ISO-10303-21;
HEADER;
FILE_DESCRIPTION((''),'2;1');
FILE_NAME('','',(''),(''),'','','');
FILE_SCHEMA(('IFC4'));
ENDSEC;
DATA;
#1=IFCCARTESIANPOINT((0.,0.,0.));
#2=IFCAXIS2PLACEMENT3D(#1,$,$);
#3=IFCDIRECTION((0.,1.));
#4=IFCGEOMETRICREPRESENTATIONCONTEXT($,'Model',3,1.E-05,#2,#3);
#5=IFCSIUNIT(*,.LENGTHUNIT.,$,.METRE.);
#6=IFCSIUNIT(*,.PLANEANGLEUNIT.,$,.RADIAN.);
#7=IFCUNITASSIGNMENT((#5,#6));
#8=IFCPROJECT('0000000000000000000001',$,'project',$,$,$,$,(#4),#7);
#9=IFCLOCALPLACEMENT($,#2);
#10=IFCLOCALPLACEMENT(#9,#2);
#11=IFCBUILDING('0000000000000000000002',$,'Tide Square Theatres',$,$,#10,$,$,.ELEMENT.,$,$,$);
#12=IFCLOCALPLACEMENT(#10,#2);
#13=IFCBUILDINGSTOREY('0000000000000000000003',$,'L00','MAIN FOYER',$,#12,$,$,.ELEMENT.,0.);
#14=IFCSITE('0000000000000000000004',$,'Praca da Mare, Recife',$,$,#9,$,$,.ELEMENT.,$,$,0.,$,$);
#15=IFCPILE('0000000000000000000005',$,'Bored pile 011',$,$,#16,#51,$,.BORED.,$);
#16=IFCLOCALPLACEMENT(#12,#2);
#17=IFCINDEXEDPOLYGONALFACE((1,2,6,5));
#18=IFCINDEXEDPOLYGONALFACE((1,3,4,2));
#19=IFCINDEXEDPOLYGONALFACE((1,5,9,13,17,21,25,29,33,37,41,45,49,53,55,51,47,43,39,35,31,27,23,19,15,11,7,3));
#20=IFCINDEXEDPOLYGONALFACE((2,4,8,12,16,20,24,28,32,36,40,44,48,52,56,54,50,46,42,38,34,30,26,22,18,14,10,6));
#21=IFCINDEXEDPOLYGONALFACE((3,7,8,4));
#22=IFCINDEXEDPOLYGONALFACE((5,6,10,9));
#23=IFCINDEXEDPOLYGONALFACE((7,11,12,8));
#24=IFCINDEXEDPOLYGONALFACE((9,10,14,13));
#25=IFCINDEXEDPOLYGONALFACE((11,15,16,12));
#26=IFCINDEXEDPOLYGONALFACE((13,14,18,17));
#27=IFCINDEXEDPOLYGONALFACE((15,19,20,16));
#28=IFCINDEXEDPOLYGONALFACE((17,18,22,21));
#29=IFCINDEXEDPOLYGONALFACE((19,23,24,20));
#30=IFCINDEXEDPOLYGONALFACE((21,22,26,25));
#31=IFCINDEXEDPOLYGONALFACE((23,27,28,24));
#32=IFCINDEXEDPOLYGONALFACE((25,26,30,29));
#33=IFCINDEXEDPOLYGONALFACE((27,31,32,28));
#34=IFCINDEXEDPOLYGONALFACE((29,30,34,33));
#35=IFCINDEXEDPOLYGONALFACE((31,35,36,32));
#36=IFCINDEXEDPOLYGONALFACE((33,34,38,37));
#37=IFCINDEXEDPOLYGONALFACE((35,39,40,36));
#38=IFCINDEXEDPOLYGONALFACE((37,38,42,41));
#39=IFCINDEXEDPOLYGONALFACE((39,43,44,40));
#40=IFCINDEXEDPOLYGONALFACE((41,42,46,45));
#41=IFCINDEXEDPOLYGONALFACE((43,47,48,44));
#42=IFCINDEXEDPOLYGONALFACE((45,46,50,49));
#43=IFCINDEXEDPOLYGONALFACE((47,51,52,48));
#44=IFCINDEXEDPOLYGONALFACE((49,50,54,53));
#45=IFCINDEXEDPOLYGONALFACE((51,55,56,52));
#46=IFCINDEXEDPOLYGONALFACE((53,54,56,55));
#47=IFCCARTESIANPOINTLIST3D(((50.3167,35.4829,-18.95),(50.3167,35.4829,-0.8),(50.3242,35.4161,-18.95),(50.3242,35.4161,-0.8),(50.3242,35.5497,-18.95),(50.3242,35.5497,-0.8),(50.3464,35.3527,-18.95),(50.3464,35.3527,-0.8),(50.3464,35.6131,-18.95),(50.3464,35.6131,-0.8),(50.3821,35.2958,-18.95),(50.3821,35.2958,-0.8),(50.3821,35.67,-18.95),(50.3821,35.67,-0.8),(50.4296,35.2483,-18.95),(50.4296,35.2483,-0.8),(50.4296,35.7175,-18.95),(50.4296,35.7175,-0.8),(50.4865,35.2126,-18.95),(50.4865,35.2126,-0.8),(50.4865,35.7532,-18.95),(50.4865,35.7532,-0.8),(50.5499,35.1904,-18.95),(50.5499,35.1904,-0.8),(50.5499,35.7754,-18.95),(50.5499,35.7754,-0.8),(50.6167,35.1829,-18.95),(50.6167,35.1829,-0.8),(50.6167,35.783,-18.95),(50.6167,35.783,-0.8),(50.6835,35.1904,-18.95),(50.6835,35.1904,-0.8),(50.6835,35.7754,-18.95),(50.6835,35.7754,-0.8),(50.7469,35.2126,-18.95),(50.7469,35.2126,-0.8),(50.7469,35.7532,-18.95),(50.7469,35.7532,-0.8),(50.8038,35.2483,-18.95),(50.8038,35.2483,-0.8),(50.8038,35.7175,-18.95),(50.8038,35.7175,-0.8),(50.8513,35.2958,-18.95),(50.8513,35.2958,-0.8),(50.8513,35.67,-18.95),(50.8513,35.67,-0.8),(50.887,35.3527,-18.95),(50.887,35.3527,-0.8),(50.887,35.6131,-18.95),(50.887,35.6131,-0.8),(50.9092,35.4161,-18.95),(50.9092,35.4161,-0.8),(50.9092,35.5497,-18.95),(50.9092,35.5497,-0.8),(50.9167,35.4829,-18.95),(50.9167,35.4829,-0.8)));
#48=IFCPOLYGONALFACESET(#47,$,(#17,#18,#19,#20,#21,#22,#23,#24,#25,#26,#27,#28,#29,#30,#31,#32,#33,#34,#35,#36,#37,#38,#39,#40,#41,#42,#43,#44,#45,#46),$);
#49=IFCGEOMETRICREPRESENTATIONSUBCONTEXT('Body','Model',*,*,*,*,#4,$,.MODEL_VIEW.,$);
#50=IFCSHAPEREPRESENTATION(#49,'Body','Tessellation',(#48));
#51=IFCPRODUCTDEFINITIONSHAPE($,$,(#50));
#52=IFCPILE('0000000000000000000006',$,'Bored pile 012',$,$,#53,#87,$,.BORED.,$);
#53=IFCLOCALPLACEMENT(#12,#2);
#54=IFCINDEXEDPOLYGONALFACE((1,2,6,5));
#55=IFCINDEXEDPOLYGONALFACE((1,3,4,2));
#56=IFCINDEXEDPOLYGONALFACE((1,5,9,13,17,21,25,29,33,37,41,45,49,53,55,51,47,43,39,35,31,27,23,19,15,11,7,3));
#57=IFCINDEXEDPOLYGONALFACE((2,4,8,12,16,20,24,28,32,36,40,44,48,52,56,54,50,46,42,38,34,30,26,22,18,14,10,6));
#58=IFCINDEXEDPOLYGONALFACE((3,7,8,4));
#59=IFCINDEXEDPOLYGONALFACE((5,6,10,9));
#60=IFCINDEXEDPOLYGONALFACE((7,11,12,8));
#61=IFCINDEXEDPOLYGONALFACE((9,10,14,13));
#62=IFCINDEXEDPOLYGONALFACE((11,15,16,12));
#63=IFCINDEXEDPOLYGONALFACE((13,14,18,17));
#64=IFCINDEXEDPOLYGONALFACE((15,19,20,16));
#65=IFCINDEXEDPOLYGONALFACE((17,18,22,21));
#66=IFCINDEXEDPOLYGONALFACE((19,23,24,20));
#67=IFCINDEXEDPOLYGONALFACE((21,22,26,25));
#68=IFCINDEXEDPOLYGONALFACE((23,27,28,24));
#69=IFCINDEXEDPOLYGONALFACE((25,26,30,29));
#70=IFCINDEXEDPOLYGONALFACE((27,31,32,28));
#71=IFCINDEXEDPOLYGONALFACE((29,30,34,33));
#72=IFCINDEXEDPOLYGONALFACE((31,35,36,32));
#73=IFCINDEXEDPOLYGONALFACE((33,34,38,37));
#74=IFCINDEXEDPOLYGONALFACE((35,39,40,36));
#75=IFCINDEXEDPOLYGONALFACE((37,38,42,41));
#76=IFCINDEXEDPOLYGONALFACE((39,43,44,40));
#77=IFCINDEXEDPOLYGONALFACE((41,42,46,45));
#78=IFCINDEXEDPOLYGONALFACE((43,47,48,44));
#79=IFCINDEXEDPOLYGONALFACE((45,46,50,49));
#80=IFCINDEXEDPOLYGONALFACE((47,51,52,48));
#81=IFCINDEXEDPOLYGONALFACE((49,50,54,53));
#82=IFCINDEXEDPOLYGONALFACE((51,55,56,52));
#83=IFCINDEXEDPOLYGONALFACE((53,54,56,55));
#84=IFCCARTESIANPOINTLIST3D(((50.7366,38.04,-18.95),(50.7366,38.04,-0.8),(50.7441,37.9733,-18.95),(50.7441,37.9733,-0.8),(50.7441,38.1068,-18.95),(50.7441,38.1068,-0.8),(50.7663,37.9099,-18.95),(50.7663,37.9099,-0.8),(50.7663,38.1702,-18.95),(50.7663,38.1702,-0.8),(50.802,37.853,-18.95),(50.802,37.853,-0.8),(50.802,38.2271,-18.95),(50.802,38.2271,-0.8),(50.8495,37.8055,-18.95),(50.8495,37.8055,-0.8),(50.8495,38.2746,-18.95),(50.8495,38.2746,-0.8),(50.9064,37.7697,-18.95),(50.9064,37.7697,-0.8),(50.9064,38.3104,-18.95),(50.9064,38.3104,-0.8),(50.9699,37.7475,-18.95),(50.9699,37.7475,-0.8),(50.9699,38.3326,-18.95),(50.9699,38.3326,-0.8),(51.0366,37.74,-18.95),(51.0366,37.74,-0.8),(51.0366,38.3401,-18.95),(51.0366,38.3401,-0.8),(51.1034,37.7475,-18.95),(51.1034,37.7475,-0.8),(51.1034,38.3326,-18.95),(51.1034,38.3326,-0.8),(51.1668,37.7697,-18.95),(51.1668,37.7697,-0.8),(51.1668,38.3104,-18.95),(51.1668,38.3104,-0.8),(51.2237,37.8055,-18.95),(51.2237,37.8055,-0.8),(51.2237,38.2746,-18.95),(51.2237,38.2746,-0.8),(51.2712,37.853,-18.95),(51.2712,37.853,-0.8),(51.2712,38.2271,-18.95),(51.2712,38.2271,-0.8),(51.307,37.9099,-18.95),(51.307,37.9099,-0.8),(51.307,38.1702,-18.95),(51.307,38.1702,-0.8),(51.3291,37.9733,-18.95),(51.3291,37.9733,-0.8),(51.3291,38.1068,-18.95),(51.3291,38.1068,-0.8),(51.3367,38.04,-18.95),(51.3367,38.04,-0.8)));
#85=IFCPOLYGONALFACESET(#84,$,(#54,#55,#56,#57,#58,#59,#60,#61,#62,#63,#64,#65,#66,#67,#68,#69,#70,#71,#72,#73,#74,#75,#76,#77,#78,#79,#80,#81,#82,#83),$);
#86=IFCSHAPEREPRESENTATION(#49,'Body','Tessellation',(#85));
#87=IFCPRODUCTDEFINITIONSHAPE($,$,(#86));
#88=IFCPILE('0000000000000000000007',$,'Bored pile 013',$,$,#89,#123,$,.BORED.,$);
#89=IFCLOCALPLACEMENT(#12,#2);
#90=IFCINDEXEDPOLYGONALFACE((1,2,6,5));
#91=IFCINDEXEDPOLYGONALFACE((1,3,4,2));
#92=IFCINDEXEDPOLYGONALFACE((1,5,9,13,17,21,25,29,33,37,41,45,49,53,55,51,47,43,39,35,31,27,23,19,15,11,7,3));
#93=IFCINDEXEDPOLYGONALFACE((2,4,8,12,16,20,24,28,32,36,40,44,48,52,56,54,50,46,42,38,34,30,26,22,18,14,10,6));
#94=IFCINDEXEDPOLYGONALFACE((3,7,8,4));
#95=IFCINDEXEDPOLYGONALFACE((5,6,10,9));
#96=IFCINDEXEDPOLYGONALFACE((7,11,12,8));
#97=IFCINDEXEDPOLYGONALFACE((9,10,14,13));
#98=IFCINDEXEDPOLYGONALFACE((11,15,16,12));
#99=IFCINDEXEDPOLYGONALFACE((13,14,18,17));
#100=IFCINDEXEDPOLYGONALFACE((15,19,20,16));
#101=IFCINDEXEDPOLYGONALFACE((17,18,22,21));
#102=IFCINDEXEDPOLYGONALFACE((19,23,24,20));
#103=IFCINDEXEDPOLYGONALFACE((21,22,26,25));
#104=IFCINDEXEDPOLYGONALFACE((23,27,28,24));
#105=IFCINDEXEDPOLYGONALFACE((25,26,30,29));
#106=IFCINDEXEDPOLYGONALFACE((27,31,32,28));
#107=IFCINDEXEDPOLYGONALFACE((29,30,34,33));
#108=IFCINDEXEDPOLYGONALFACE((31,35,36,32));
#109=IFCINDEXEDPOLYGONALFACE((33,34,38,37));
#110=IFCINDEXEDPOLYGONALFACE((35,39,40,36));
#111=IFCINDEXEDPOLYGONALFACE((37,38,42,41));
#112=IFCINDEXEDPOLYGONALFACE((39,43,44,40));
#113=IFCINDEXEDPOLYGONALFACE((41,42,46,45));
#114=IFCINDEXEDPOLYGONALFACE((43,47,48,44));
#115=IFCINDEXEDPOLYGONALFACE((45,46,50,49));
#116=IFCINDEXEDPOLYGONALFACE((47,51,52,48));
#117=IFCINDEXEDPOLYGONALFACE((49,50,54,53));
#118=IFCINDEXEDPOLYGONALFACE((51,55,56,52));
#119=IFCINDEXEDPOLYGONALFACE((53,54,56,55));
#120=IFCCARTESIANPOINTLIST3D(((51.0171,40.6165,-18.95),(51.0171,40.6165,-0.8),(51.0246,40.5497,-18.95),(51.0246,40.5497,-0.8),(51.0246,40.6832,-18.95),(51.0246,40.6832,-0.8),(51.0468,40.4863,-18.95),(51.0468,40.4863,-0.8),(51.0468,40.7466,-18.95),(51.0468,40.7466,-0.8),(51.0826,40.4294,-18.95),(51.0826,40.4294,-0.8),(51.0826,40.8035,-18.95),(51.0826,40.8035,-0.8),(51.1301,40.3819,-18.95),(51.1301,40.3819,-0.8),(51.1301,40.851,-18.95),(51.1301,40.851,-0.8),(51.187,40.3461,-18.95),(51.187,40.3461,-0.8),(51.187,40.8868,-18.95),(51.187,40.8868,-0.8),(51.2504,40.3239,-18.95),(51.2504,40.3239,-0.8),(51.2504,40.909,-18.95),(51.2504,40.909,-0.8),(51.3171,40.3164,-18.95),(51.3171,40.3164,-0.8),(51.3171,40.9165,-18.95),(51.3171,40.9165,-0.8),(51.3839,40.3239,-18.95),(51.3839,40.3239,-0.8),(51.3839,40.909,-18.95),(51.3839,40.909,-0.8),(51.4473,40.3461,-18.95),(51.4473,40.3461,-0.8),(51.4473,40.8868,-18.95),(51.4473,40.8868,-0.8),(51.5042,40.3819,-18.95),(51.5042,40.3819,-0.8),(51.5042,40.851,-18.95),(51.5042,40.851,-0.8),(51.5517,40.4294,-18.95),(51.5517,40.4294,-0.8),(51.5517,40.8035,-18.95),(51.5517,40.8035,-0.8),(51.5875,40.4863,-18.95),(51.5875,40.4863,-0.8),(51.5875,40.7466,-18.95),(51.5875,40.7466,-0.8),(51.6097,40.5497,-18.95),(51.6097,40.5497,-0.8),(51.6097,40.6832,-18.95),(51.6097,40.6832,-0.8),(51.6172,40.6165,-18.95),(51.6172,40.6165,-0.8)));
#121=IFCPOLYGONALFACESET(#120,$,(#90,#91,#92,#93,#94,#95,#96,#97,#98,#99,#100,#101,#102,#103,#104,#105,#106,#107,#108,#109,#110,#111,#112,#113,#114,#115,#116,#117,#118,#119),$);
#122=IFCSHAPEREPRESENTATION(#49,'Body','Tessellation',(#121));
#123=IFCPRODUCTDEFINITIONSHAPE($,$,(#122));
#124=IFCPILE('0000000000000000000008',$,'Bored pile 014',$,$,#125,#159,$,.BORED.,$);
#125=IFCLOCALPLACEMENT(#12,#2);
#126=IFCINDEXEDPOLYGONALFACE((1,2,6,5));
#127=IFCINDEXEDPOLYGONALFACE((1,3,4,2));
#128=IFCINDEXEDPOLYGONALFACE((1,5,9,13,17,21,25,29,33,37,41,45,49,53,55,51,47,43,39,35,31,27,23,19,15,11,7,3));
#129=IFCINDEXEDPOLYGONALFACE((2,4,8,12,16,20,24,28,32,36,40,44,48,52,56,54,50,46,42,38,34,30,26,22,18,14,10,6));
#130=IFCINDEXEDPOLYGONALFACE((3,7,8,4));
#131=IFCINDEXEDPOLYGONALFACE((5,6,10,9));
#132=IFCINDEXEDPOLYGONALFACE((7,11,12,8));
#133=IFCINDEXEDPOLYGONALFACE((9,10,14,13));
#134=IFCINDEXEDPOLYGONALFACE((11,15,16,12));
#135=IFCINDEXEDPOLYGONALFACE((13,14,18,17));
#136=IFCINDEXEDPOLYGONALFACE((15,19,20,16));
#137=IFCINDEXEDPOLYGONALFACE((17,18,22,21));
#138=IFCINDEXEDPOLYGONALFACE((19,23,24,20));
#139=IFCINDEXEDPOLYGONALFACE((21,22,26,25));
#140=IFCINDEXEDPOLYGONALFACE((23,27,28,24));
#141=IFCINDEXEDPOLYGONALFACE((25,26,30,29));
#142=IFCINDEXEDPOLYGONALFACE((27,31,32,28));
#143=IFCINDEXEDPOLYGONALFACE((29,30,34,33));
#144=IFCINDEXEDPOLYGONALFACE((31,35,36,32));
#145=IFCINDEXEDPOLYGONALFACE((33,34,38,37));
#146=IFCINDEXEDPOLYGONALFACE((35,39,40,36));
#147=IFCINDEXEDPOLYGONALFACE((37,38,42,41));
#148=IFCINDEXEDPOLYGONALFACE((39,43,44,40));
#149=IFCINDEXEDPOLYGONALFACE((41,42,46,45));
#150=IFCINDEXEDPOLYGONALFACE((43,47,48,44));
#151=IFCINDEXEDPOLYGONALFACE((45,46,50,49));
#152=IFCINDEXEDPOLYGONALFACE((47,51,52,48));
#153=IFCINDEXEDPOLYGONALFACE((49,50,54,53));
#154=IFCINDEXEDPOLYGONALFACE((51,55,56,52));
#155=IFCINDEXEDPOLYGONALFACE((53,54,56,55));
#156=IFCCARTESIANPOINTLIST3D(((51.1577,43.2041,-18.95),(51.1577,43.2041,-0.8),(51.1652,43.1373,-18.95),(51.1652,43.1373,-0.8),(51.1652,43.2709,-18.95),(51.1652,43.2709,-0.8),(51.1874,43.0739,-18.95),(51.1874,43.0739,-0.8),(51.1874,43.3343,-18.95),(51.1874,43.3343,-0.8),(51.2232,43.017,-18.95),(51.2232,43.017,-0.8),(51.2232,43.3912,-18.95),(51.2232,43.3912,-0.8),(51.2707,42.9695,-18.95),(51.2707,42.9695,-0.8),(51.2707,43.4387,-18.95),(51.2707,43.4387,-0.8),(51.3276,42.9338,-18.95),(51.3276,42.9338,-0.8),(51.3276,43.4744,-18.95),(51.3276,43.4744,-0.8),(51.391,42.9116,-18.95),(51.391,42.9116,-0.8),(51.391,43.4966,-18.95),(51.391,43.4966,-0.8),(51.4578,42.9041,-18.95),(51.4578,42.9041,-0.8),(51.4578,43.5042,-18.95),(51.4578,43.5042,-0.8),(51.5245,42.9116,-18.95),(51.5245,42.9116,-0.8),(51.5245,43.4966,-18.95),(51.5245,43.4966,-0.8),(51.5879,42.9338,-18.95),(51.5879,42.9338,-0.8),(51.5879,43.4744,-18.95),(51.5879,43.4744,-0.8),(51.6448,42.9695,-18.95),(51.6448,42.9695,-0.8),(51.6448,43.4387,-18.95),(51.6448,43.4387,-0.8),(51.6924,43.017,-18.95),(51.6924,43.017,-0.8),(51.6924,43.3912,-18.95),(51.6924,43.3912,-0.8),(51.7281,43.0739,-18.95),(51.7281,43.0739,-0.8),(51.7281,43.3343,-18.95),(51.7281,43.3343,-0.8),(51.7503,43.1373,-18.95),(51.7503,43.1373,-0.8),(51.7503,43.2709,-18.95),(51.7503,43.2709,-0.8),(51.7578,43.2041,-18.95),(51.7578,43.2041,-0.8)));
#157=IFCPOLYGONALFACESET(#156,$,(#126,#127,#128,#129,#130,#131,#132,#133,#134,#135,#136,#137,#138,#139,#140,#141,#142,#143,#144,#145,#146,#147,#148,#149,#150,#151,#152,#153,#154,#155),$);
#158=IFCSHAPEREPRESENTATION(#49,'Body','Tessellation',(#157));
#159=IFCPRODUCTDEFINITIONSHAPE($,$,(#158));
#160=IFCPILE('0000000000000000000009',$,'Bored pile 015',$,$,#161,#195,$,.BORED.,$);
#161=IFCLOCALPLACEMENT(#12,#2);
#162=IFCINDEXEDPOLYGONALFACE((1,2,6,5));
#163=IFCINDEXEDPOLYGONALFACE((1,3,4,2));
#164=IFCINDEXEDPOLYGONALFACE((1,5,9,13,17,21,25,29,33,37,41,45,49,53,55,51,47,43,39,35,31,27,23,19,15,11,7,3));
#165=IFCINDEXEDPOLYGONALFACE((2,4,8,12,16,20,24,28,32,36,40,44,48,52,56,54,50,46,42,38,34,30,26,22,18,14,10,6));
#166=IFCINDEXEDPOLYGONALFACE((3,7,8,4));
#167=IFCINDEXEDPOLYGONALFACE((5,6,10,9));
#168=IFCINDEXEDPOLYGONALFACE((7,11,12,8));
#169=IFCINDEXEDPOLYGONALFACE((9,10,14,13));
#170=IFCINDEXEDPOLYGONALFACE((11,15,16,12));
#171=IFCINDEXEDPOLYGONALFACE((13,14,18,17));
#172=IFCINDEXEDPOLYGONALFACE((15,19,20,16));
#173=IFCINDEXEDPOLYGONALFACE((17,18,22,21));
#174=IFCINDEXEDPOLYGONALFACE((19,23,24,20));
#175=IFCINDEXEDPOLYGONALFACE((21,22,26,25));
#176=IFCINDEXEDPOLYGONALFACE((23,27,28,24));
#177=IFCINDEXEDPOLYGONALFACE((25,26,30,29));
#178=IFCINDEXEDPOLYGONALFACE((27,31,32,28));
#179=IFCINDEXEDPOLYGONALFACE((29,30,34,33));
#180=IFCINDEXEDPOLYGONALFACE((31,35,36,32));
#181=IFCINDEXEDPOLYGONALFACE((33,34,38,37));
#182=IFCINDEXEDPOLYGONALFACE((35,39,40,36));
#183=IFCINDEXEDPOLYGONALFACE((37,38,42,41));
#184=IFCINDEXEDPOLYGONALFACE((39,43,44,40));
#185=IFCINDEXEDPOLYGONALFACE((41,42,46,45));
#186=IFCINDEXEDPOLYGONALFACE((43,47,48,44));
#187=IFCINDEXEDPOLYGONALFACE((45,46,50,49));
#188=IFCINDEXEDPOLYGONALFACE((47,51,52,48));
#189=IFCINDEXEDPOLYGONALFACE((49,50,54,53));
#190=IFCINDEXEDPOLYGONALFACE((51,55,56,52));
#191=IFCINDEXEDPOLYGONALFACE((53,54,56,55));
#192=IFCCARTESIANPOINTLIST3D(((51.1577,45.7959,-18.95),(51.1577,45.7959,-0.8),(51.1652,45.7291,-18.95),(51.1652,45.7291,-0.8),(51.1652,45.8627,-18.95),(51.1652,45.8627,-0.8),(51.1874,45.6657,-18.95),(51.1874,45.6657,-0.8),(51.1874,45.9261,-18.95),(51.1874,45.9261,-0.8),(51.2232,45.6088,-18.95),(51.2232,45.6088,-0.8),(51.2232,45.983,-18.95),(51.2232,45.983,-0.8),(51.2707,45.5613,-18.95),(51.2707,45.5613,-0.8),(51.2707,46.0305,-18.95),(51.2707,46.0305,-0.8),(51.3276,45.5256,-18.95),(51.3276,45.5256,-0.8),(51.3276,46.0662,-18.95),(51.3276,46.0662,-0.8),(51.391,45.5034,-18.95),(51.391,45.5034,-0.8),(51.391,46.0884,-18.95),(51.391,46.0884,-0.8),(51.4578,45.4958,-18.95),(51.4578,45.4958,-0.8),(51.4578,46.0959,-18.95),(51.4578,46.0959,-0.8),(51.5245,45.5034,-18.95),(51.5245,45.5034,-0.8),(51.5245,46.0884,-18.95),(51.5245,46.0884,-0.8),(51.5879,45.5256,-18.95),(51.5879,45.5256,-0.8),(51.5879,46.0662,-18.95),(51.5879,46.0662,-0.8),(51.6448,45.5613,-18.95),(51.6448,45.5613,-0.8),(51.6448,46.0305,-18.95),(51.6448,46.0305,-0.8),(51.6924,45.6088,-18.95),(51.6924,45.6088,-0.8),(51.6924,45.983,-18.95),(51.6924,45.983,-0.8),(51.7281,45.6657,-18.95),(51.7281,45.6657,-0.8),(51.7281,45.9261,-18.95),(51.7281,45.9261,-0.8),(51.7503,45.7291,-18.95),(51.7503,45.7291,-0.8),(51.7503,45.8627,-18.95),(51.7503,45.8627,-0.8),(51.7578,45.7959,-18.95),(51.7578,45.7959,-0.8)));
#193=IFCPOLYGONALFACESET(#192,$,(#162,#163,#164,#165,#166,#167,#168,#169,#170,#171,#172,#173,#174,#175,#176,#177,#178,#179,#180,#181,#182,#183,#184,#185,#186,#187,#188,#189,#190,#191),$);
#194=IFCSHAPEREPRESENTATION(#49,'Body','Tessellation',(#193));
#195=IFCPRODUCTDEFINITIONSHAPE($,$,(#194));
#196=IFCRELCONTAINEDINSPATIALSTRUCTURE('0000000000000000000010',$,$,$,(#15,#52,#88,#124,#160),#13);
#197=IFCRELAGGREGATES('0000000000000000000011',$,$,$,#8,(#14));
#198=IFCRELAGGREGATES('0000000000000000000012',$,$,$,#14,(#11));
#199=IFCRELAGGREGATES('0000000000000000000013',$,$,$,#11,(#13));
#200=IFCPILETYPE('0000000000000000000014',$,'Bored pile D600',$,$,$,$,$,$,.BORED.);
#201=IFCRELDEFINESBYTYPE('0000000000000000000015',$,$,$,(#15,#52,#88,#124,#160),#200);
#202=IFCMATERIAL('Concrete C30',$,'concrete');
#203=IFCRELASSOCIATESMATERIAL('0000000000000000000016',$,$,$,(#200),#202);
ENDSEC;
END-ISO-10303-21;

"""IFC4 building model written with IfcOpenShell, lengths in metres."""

from ifc_helpers import new_model, si_unit, direction, frame, origin, origin_2d, place, context, subcontext, project, spatial, circle, extrude, material, material_profile, profile_set, type_object, element, save


model = new_model("IFC4")

# Units and contexts
model_context = context("Model", 3, precision=1e-05, world=origin(), true_north=direction((0.0, 1.0)))
body_context = subcontext(model_context, "Body", "Model", "MODEL_VIEW")
ifc_project = project(units=[si_unit("LENGTHUNIT", "METRE"), si_unit("PLANEANGLEUNIT", "RADIAN")], contexts=[model_context])

# Site, building, storey
site_placement = place(None, origin())
site = spatial("IfcSite", under=ifc_project, at=site_placement, Name="Praca da Mare, Recife", CompositionType="ELEMENT", RefElevation=0.0)
building_placement = place(site_placement, origin())
building = spatial("IfcBuilding", under=site, at=building_placement, Name="Tide Square Theatres", CompositionType="ELEMENT")
storey_placement = place(building_placement, origin())
storey = spatial("IfcBuildingStorey", under=building, at=storey_placement, Name="L00", Description="MAIN FOYER", CompositionType="ELEMENT", Elevation=0.0)

# Piles
ifc_material_1 = material(Name="Concrete C30", Category="concrete")
ifc_material_profile_1 = material_profile(ifc_material_1, circle(Radius=0.3, at=origin_2d()))
ifc_profile_set_1 = profile_set([ifc_material_profile_1], Name="Concrete C30")
pile_type = type_object("IfcPileType", Name="Bored pile D600", PredefinedType="BORED", material=ifc_profile_set_1)
for number, where, z_axis, x_axis, name in (
    (1, (50.6167, 35.4829, -0.8), (0.0, 0.0, -1.0), (1.0, 0.0, 0.0), "Bored pile 011"),
    (2, (51.0366, 38.04, -0.8), (0.0, 0.0, -1.0), (1.0, 0.0, 0.0), "Bored pile 012"),
    (3, (51.3171, 40.6165, -0.8), (0.0, 0.0, -1.0), (1.0, 0.0, 0.0), "Bored pile 013"),
    (4, (51.4578, 43.2041, -0.8), (0.0, 0.0, -1.0), (1.0, 0.0, 0.0), "Bored pile 014"),
    (5, (51.4578, 45.7959, -0.8), (0.0, 0.0, -1.0), (1.0, 0.0, 0.0), "Bored pile 015"),
):
    element("IfcPile", number, at=place(storey_placement, frame(where, z_axis=z_axis, x_axis=x_axis)), inside=storey, type_object=pile_type, Name=name, PredefinedType="BORED", context=body_context, shape_type="SweptSolid", body=[
        extrude(circle(Radius=0.3, at=origin_2d()), origin(), (0.0, 0.0, 1.0), 18.1499),
    ])

save(model, "model.ifc")
